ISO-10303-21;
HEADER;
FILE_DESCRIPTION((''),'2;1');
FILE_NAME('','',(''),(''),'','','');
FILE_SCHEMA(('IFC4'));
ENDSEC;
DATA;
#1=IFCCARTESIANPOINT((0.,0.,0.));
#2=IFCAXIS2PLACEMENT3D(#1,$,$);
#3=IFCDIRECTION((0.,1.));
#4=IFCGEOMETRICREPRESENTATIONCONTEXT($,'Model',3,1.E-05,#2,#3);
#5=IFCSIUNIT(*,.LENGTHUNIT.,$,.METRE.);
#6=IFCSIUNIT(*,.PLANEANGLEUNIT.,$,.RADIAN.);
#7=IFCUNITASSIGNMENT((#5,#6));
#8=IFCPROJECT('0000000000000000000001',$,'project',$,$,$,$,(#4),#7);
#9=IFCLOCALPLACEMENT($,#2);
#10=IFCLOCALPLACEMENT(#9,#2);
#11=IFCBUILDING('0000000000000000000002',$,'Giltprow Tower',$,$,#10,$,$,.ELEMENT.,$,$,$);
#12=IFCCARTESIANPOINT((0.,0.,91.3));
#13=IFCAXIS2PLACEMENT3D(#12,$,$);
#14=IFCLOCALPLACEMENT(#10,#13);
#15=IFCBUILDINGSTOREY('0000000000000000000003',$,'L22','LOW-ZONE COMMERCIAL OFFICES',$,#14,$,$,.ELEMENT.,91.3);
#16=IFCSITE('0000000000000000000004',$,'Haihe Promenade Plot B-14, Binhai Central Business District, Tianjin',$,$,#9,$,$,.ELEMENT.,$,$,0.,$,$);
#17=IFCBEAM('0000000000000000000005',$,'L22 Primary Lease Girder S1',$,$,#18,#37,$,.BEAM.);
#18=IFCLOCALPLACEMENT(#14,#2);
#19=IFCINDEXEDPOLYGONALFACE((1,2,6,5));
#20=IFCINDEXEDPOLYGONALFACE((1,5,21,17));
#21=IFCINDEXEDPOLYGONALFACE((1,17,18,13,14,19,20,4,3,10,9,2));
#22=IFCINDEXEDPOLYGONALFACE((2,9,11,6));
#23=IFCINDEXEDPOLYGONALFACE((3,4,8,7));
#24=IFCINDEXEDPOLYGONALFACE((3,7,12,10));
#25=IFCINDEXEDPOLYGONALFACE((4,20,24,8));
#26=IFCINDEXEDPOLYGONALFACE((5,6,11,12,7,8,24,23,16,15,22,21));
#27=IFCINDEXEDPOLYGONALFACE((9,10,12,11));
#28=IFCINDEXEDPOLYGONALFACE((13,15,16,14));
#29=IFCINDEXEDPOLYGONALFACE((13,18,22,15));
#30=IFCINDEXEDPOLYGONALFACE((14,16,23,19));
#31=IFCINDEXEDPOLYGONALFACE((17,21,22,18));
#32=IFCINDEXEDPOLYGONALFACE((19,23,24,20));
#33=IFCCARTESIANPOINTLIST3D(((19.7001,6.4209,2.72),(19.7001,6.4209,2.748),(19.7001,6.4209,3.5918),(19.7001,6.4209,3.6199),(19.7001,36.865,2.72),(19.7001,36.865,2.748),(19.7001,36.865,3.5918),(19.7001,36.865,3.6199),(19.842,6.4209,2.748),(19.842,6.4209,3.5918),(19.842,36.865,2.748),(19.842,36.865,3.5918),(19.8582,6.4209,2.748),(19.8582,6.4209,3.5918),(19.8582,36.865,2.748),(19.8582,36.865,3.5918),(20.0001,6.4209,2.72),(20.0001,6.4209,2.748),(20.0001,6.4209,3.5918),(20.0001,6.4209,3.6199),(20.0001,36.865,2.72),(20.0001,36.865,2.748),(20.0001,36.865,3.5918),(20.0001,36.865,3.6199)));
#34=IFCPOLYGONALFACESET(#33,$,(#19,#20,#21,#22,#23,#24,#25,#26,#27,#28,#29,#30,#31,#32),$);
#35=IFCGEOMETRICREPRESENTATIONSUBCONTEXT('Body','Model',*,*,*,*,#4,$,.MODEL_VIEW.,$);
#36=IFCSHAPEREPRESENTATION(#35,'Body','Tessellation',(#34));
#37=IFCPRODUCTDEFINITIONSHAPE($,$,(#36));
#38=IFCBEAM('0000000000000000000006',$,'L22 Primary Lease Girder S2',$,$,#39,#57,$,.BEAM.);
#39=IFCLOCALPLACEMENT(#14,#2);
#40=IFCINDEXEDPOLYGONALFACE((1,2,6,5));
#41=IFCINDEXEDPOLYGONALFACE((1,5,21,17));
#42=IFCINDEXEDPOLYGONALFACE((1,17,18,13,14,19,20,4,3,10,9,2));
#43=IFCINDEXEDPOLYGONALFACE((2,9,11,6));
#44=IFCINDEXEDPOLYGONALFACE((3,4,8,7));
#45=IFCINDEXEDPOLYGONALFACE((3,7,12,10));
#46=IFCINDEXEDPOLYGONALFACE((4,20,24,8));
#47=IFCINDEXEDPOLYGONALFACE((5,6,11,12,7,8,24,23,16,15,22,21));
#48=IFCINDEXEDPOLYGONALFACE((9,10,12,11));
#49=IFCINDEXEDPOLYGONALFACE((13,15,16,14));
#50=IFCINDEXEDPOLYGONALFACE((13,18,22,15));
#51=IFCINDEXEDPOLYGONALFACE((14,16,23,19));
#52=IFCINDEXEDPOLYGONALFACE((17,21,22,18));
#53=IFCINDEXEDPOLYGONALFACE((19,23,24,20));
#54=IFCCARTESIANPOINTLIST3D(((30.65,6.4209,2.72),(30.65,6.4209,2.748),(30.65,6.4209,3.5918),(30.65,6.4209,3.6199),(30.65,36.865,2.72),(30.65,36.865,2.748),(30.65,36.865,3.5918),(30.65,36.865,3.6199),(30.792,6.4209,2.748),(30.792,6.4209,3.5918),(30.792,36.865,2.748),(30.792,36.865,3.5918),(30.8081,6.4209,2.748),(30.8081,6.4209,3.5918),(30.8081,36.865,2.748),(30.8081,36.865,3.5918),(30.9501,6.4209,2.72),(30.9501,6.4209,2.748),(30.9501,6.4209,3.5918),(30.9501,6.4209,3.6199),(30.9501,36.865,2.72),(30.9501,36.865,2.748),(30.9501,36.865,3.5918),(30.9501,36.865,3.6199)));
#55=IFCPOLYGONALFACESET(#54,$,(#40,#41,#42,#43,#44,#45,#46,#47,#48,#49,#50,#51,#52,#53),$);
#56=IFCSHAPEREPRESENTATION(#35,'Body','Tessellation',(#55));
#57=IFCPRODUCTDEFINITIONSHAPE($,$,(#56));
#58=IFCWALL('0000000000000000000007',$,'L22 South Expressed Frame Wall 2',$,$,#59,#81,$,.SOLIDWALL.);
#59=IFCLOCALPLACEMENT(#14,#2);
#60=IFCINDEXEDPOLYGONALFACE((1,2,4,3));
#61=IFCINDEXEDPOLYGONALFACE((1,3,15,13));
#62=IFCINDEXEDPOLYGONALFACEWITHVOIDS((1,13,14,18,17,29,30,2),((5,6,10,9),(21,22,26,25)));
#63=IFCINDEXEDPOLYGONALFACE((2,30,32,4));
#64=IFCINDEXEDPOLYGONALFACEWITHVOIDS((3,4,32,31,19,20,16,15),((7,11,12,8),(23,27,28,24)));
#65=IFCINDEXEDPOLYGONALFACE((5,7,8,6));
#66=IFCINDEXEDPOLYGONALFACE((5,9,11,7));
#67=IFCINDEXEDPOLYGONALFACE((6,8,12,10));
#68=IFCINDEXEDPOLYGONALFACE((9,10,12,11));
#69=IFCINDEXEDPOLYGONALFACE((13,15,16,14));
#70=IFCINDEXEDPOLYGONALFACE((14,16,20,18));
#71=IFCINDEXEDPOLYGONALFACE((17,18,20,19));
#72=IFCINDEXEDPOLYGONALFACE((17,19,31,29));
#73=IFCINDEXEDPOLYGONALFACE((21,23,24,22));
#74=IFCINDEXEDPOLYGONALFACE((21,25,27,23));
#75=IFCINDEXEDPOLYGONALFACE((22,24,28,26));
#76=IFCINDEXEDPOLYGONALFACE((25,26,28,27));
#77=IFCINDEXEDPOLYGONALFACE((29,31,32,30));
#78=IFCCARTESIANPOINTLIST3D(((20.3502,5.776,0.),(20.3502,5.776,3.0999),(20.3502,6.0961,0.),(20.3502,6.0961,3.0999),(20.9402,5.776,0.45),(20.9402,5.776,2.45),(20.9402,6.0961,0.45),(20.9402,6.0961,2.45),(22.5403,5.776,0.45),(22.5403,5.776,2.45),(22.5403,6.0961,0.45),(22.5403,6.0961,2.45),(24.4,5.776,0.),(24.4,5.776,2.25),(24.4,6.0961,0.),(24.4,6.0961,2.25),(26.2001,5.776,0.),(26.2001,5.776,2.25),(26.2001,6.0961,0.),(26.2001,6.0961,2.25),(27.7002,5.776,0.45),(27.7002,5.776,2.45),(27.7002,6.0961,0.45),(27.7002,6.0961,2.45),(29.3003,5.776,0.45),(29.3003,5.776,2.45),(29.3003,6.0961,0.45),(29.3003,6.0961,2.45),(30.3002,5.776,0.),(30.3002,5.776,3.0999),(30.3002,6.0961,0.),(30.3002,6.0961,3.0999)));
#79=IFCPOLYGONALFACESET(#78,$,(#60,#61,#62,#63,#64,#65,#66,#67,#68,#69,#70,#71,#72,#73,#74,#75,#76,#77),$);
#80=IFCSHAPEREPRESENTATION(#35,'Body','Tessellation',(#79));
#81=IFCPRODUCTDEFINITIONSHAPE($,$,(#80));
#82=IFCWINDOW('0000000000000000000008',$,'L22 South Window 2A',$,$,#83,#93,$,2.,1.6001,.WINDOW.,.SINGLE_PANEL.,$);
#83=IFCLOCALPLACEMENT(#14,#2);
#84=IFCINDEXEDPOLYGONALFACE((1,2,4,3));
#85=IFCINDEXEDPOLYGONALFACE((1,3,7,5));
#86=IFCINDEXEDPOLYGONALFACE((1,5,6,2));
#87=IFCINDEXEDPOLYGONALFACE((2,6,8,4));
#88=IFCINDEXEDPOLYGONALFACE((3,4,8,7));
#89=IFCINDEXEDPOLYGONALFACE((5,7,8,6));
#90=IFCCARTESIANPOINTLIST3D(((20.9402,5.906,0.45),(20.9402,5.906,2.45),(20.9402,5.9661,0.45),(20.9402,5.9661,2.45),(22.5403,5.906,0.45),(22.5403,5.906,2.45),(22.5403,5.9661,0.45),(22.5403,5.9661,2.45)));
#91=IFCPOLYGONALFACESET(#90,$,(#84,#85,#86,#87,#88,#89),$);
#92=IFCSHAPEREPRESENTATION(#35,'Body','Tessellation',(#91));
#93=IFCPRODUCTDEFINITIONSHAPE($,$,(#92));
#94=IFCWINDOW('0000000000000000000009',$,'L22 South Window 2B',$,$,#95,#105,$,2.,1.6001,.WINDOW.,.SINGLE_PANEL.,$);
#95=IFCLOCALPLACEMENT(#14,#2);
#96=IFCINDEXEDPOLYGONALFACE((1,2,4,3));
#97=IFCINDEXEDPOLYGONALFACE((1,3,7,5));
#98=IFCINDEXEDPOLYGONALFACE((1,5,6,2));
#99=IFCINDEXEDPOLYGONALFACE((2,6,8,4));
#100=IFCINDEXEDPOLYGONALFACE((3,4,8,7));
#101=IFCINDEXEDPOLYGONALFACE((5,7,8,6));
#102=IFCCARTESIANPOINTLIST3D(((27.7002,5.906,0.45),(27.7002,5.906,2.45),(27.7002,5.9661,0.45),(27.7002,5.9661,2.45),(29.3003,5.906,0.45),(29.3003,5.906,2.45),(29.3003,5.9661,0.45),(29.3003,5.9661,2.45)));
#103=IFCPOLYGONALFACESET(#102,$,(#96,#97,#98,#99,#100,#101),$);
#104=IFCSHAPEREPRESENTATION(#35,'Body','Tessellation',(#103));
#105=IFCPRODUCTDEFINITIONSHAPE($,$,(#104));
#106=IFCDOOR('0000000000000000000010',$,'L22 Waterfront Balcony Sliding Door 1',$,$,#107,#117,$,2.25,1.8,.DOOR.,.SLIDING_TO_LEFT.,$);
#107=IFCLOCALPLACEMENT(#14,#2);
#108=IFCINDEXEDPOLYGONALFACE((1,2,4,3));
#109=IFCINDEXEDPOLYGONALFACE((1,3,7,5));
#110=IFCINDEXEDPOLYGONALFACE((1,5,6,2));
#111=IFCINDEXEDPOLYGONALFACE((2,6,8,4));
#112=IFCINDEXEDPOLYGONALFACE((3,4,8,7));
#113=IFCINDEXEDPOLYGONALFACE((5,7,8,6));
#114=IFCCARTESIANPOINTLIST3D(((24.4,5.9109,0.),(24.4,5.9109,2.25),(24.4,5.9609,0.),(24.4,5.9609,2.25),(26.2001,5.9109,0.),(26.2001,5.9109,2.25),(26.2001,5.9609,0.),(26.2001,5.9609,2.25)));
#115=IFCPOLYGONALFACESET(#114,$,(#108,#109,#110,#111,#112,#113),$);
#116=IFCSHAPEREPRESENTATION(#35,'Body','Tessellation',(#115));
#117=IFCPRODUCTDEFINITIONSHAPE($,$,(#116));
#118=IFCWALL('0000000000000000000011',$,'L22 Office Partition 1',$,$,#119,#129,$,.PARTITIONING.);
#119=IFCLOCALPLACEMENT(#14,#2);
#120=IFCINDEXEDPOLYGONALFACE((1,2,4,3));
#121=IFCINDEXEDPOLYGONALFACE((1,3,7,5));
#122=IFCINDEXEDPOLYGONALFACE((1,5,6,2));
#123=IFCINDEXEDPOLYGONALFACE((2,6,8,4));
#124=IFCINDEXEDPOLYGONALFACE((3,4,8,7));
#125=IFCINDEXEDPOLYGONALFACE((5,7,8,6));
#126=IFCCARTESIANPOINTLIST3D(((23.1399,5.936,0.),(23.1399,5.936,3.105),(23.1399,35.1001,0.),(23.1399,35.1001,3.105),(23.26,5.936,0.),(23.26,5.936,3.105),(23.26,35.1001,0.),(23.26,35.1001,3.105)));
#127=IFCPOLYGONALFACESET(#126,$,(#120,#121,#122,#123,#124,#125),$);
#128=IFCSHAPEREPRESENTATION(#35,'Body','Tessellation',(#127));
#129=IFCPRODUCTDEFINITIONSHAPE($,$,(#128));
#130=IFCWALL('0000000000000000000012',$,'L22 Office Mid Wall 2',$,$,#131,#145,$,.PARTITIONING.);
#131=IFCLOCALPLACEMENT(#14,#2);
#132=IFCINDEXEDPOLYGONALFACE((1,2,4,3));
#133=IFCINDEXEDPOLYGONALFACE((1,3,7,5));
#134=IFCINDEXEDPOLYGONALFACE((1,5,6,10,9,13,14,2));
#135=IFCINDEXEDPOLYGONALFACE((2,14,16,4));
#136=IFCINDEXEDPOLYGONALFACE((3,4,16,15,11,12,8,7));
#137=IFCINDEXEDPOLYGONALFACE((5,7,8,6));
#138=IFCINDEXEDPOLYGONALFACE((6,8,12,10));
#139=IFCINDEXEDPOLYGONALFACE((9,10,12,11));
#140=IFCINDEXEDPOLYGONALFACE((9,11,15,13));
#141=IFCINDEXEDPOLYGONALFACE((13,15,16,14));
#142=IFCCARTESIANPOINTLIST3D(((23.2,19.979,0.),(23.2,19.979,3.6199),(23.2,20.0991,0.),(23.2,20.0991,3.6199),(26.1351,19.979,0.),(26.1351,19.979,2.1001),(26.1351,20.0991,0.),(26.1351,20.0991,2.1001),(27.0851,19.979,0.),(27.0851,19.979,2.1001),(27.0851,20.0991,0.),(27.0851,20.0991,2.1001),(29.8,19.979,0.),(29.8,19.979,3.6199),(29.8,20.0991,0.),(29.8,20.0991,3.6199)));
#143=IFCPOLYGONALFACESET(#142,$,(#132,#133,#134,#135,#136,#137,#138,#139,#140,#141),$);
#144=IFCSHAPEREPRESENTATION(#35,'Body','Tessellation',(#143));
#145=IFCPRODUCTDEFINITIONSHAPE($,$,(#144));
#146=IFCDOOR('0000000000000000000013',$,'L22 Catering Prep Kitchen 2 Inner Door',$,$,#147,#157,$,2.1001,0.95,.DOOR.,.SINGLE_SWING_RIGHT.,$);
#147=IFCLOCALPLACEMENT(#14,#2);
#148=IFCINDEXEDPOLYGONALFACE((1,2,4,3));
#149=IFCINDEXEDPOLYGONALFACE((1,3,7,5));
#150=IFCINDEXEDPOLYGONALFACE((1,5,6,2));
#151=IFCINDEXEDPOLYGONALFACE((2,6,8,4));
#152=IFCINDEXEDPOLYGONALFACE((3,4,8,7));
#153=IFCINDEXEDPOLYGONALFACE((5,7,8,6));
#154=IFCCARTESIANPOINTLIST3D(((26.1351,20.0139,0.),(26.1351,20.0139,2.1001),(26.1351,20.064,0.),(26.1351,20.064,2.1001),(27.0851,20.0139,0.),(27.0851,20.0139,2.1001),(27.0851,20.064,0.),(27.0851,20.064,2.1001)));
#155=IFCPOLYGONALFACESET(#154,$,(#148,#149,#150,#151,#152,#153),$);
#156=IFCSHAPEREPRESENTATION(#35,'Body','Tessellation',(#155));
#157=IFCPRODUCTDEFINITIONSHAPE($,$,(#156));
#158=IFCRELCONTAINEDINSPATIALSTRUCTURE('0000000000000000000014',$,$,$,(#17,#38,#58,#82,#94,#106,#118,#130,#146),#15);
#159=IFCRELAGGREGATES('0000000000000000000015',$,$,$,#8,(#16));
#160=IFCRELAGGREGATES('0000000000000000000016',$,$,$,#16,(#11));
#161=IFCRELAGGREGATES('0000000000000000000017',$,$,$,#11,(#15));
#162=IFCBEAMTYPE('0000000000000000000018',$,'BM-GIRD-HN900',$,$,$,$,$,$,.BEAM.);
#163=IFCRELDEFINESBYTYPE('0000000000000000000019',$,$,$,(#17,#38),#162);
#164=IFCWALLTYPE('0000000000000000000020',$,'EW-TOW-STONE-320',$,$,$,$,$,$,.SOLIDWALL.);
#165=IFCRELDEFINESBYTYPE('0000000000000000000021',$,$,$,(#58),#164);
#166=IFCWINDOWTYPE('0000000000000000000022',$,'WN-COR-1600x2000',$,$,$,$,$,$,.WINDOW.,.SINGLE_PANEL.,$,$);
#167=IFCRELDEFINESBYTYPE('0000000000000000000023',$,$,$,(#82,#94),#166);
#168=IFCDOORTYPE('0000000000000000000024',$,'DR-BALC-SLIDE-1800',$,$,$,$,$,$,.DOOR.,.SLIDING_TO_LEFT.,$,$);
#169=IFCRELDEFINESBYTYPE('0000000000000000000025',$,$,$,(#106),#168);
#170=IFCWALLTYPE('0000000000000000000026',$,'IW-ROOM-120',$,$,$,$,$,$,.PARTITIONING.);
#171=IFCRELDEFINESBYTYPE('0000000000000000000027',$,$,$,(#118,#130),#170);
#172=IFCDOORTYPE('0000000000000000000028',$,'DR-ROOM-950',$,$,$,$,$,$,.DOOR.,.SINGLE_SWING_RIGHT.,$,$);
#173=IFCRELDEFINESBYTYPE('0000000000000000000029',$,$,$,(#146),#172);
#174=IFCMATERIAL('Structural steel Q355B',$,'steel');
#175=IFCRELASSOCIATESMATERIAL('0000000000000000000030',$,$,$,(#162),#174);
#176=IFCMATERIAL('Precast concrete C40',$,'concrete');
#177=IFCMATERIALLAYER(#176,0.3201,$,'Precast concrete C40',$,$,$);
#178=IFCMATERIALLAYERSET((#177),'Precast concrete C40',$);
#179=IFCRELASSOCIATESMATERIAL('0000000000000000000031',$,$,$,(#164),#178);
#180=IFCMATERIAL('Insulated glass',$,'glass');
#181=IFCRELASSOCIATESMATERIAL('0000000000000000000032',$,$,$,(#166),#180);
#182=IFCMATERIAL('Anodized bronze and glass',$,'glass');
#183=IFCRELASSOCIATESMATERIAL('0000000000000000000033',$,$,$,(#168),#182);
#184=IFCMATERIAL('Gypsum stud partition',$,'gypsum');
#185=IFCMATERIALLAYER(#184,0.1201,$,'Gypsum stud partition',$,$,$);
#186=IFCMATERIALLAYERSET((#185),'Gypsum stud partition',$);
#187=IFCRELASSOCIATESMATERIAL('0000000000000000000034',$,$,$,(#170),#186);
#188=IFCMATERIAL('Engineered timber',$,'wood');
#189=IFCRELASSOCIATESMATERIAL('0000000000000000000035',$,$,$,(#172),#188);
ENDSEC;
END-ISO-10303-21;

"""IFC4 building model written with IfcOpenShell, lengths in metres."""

from ifc_helpers import new_model, si_unit, direction, frame, frame_2d, origin, origin_2d, place, context, subcontext, project, spatial, rectangle, i_section, extrude, source, transform, mapped, material, layer, layer_set, material_profile, profile_set, type_object, element, fill, save


model = new_model("IFC4")

# Units and contexts
model_context = context("Model", 3, precision=1e-05, world=origin(), true_north=direction((0.0, 1.0)))
body_context = subcontext(model_context, "Body", "Model", "MODEL_VIEW")
ifc_project = project(units=[si_unit("LENGTHUNIT", "METRE"), si_unit("PLANEANGLEUNIT", "RADIAN")], contexts=[model_context])

# Site, building, storey
site_placement = place(None, origin())
site = spatial("IfcSite", under=ifc_project, at=site_placement, Name="Haihe Promenade Plot B-14, Binhai Central Business District, Tianjin", CompositionType="ELEMENT", RefElevation=0.0)
building_placement = place(site_placement, origin())
building = spatial("IfcBuilding", under=site, at=building_placement, Name="Giltprow Tower", CompositionType="ELEMENT")
storey_placement = place(building_placement, frame((0.0, 0.0, 91.3)))
storey = spatial("IfcBuildingStorey", under=building, at=storey_placement, Name="L22", Description="LOW-ZONE COMMERCIAL OFFICES", CompositionType="ELEMENT", Elevation=91.3)

# Beams
ifc_material_1 = material(Name="Structural steel Q355B", Category="steel")
ifc_material_profile_1 = material_profile(ifc_material_1, i_section(OverallWidth=0.3, OverallDepth=0.8999, WebThickness=0.0161, FlangeThickness=0.0281, at=origin_2d()), Name="HN 900x300x16x28")
ifc_profile_set_1 = profile_set([ifc_material_profile_1], Name="Structural steel Q355B")
beam_type_1 = type_object("IfcBeamType", Name="BM-GIRD-HN900", PredefinedType="BEAM", material=ifc_profile_set_1)
shared_shape_1 = source(origin(), body_context, "Body", "SweptSolid", [
    extrude(i_section(OverallWidth=0.3, OverallDepth=0.8999, WebThickness=0.0161, FlangeThickness=0.0281, at=origin_2d()), origin(), (0.0, 0.0, 1.0), 30.4441),
])
for number, where, z_axis, x_axis, name in (
    (1, (19.8501, 6.4209, 3.1699), (0.0, 1.0, 0.0), (-1.0, 0.0, 0.0), "L22 Primary Lease Girder S1"),
    (2, (30.8, 6.4209, 3.1699), (0.0, 1.0, 0.0), (-1.0, 0.0, 0.0), "L22 Primary Lease Girder S2"),
):
    element("IfcBeam", number, at=place(storey_placement, frame(where, z_axis=z_axis, x_axis=x_axis)), inside=storey, type_object=beam_type_1, Name=name, PredefinedType="BEAM", context=body_context, shape_type="MappedRepresentation", body=[
        mapped(shared_shape_1, transform((0.0, 0.0, 0.0), x_axis=(1.0, 0.0, 0.0), y_axis=(0.0, 1.0, 0.0), z_axis=(0.0, 0.0, 1.0), scale=1.0)),
    ])

# Wall, openings, windows, door
ifc_material_2 = material(Name="Precast concrete C40", Category="concrete")
ifc_layer_1 = layer(ifc_material_2, 0.3201, Name="Precast concrete C40")
ifc_layer_set_1 = layer_set([ifc_layer_1], Name="Precast concrete C40")
wall_type_1 = type_object("IfcWallType", Name="EW-TOW-STONE-320", PredefinedType="SOLIDWALL", material=ifc_layer_set_1)
wall_1_placement = place(storey_placement, frame((20.3501, 5.936, 0.0), z_axis=(0.0, 0.0, 1.0), x_axis=(1.0, 0.0, 0.0)))
wall_1 = element("IfcWall", 3, at=wall_1_placement, inside=storey, type_object=wall_type_1, Name="L22 South Expressed Frame Wall 2", PredefinedType="SOLIDWALL", context=body_context, shape_type="SweptSolid", body=[
    extrude(rectangle(XDim=9.95, YDim=0.3201, at=frame_2d((4.9751, 0.0))), origin(), (0.0, 0.0, 1.0), 3.0999),
])
opening_1_placement = place(wall_1_placement, frame((4.05, 0.0, 0.0)))
opening_1 = element("IfcOpeningElement", 4, at=opening_1_placement, cuts=wall_1, PredefinedType="OPENING", context=body_context, shape_type="SweptSolid", body=[
    extrude(rectangle(XDim=1.8, YDim=2.25, at=frame_2d((0.8999, 1.125))), frame((0.0, 0.1699, 0.0), z_axis=(0.0, -1.0, 0.0), x_axis=(1.0, 0.0, 0.0)), (0.0, 0.0, 1.0), 0.3401),
])
opening_2_placement = place(wall_1_placement, frame((0.5901, 0.0, 0.45)))
opening_2 = element("IfcOpeningElement", 5, at=opening_2_placement, cuts=wall_1, PredefinedType="OPENING", context=body_context, shape_type="SweptSolid", body=[
    extrude(rectangle(XDim=1.6001, YDim=2.0, at=frame_2d((0.8, 1.0))), frame((0.0, 0.1699, 0.0), z_axis=(0.0, -1.0, 0.0), x_axis=(1.0, 0.0, 0.0)), (0.0, 0.0, 1.0), 0.3401),
])
opening_3_placement = place(wall_1_placement, frame((7.3501, 0.0, 0.45)))
opening_3 = element("IfcOpeningElement", 6, at=opening_3_placement, cuts=wall_1, PredefinedType="OPENING", context=body_context, shape_type="SweptSolid", body=[
    extrude(rectangle(XDim=1.6001, YDim=2.0, at=frame_2d((0.8, 1.0))), frame((0.0, 0.1699, 0.0), z_axis=(0.0, -1.0, 0.0), x_axis=(1.0, 0.0, 0.0)), (0.0, 0.0, 1.0), 0.3401),
])
ifc_material_3 = material(Name="Insulated glass", Category="glass")
window_type = type_object("IfcWindowType", Name="WN-COR-1600x2000", PartitioningType="SINGLE_PANEL", PredefinedType="WINDOW", material=ifc_material_3)
shared_shape_2 = source(origin(), body_context, "Body", "SweptSolid", [
    extrude(rectangle(XDim=1.6001, YDim=2.0, at=frame_2d((0.8, 1.0))), frame((0.0, 0.03, 0.0), z_axis=(0.0, -1.0, 0.0), x_axis=(1.0, 0.0, 0.0)), (0.0, 0.0, 1.0), 0.0601),
])
window_1_placement = place(opening_2_placement, origin())
window_1 = element("IfcWindow", 7, at=window_1_placement, inside=storey, type_object=window_type, Name="L22 South Window 2A", OverallHeight=2.0, OverallWidth=1.6001, PartitioningType="SINGLE_PANEL", PredefinedType="WINDOW", context=body_context, shape_type="MappedRepresentation", body=[
    mapped(shared_shape_2, transform((0.0, 0.0, 0.0), x_axis=(1.0, 0.0, 0.0), y_axis=(0.0, 1.0, 0.0), z_axis=(0.0, 0.0, 1.0), scale=1.0)),
])
fill(opening_2, window_1)
window_2_placement = place(opening_3_placement, origin())
window_2 = element("IfcWindow", 8, at=window_2_placement, inside=storey, type_object=window_type, Name="L22 South Window 2B", OverallHeight=2.0, OverallWidth=1.6001, PartitioningType="SINGLE_PANEL", PredefinedType="WINDOW", context=body_context, shape_type="MappedRepresentation", body=[
    mapped(shared_shape_2, transform((0.0, 0.0, 0.0), x_axis=(1.0, 0.0, 0.0), y_axis=(0.0, 1.0, 0.0), z_axis=(0.0, 0.0, 1.0), scale=1.0)),
])
fill(opening_3, window_2)
ifc_material_4 = material(Name="Anodized bronze and glass", Category="glass")
door_type_1 = type_object("IfcDoorType", Name="DR-BALC-SLIDE-1800", OperationType="SLIDING_TO_LEFT", PredefinedType="DOOR", material=ifc_material_4)
shared_shape_3 = source(origin(), body_context, "Body", "SweptSolid", [
    extrude(rectangle(XDim=1.8, YDim=2.25, at=frame_2d((0.8999, 1.125))), frame((0.0, 0.0249, 0.0), z_axis=(0.0, -1.0, 0.0), x_axis=(1.0, 0.0, 0.0)), (0.0, 0.0, 1.0), 0.05),
])
door_1_placement = place(opening_1_placement, origin())
door_1 = element("IfcDoor", 9, at=door_1_placement, inside=storey, type_object=door_type_1, Name="L22 Waterfront Balcony Sliding Door 1", OperationType="SLIDING_TO_LEFT", OverallHeight=2.25, OverallWidth=1.8, PredefinedType="DOOR", context=body_context, shape_type="MappedRepresentation", body=[
    mapped(shared_shape_3, transform((0.0, 0.0, 0.0), x_axis=(1.0, 0.0, 0.0), y_axis=(0.0, 1.0, 0.0), z_axis=(0.0, 0.0, 1.0), scale=1.0)),
])
fill(opening_1, door_1)

# Wall
ifc_material_5 = material(Name="Gypsum stud partition", Category="gypsum")
ifc_layer_2 = layer(ifc_material_5, 0.1201, Name="Gypsum stud partition")
ifc_layer_set_2 = layer_set([ifc_layer_2], Name="Gypsum stud partition")
wall_type_2 = type_object("IfcWallType", Name="IW-ROOM-120", PredefinedType="PARTITIONING", material=ifc_layer_set_2)
wall_2_placement = place(storey_placement, frame((23.2, 5.936, 0.0), z_axis=(0.0, 0.0, 1.0), x_axis=(0.0, 1.0, 0.0)))
element("IfcWall", 10, at=wall_2_placement, inside=storey, type_object=wall_type_2, Name="L22 Office Partition 1", PredefinedType="PARTITIONING", context=body_context, shape_type="SweptSolid", body=[
    extrude(rectangle(XDim=29.1641, YDim=0.1201, at=frame_2d((14.582, 0.0))), origin(), (0.0, 0.0, 1.0), 3.105),
])

# Wall, opening, door
wall_3_placement = place(storey_placement, frame((23.2, 20.0391, 0.0), z_axis=(0.0, 0.0, 1.0), x_axis=(1.0, 0.0, 0.0)))
wall_3 = element("IfcWall", 11, at=wall_3_placement, inside=storey, type_object=wall_type_2, Name="L22 Office Mid Wall 2", PredefinedType="PARTITIONING", context=body_context, shape_type="SweptSolid", body=[
    extrude(rectangle(XDim=6.6001, YDim=0.1201, at=frame_2d((3.3, 0.0))), origin(), (0.0, 0.0, 1.0), 3.6199),
])
opening_4_placement = place(wall_3_placement, frame((2.9351, 0.0, 0.0)))
opening_4 = element("IfcOpeningElement", 12, at=opening_4_placement, cuts=wall_3, PredefinedType="OPENING", context=body_context, shape_type="SweptSolid", body=[
    extrude(rectangle(XDim=0.95, YDim=2.1001, at=frame_2d((0.4751, 1.05))), frame((0.0, 0.0701, 0.0), z_axis=(0.0, -1.0, 0.0), x_axis=(1.0, 0.0, 0.0)), (0.0, 0.0, 1.0), 0.1401),
])
ifc_material_6 = material(Name="Engineered timber", Category="wood")
door_type_2 = type_object("IfcDoorType", Name="DR-ROOM-950", OperationType="SINGLE_SWING_RIGHT", PredefinedType="DOOR", material=ifc_material_6)
shared_shape_4 = source(origin(), body_context, "Body", "SweptSolid", [
    extrude(rectangle(XDim=0.95, YDim=2.1001, at=frame_2d((0.4751, 1.05))), frame((0.0, 0.0249, 0.0), z_axis=(0.0, -1.0, 0.0), x_axis=(1.0, 0.0, 0.0)), (0.0, 0.0, 1.0), 0.05),
])
door_2_placement = place(opening_4_placement, origin())
door_2 = element("IfcDoor", 13, at=door_2_placement, inside=storey, type_object=door_type_2, Name="L22 Catering Prep Kitchen 2 Inner Door", OperationType="SINGLE_SWING_RIGHT", OverallHeight=2.1001, OverallWidth=0.95, PredefinedType="DOOR", context=body_context, shape_type="MappedRepresentation", body=[
    mapped(shared_shape_4, transform((0.0, 0.0, 0.0), x_axis=(1.0, 0.0, 0.0), y_axis=(0.0, 1.0, 0.0), z_axis=(0.0, 0.0, 1.0), scale=1.0)),
])
fill(opening_4, door_2)

save(model, "model.ifc")
